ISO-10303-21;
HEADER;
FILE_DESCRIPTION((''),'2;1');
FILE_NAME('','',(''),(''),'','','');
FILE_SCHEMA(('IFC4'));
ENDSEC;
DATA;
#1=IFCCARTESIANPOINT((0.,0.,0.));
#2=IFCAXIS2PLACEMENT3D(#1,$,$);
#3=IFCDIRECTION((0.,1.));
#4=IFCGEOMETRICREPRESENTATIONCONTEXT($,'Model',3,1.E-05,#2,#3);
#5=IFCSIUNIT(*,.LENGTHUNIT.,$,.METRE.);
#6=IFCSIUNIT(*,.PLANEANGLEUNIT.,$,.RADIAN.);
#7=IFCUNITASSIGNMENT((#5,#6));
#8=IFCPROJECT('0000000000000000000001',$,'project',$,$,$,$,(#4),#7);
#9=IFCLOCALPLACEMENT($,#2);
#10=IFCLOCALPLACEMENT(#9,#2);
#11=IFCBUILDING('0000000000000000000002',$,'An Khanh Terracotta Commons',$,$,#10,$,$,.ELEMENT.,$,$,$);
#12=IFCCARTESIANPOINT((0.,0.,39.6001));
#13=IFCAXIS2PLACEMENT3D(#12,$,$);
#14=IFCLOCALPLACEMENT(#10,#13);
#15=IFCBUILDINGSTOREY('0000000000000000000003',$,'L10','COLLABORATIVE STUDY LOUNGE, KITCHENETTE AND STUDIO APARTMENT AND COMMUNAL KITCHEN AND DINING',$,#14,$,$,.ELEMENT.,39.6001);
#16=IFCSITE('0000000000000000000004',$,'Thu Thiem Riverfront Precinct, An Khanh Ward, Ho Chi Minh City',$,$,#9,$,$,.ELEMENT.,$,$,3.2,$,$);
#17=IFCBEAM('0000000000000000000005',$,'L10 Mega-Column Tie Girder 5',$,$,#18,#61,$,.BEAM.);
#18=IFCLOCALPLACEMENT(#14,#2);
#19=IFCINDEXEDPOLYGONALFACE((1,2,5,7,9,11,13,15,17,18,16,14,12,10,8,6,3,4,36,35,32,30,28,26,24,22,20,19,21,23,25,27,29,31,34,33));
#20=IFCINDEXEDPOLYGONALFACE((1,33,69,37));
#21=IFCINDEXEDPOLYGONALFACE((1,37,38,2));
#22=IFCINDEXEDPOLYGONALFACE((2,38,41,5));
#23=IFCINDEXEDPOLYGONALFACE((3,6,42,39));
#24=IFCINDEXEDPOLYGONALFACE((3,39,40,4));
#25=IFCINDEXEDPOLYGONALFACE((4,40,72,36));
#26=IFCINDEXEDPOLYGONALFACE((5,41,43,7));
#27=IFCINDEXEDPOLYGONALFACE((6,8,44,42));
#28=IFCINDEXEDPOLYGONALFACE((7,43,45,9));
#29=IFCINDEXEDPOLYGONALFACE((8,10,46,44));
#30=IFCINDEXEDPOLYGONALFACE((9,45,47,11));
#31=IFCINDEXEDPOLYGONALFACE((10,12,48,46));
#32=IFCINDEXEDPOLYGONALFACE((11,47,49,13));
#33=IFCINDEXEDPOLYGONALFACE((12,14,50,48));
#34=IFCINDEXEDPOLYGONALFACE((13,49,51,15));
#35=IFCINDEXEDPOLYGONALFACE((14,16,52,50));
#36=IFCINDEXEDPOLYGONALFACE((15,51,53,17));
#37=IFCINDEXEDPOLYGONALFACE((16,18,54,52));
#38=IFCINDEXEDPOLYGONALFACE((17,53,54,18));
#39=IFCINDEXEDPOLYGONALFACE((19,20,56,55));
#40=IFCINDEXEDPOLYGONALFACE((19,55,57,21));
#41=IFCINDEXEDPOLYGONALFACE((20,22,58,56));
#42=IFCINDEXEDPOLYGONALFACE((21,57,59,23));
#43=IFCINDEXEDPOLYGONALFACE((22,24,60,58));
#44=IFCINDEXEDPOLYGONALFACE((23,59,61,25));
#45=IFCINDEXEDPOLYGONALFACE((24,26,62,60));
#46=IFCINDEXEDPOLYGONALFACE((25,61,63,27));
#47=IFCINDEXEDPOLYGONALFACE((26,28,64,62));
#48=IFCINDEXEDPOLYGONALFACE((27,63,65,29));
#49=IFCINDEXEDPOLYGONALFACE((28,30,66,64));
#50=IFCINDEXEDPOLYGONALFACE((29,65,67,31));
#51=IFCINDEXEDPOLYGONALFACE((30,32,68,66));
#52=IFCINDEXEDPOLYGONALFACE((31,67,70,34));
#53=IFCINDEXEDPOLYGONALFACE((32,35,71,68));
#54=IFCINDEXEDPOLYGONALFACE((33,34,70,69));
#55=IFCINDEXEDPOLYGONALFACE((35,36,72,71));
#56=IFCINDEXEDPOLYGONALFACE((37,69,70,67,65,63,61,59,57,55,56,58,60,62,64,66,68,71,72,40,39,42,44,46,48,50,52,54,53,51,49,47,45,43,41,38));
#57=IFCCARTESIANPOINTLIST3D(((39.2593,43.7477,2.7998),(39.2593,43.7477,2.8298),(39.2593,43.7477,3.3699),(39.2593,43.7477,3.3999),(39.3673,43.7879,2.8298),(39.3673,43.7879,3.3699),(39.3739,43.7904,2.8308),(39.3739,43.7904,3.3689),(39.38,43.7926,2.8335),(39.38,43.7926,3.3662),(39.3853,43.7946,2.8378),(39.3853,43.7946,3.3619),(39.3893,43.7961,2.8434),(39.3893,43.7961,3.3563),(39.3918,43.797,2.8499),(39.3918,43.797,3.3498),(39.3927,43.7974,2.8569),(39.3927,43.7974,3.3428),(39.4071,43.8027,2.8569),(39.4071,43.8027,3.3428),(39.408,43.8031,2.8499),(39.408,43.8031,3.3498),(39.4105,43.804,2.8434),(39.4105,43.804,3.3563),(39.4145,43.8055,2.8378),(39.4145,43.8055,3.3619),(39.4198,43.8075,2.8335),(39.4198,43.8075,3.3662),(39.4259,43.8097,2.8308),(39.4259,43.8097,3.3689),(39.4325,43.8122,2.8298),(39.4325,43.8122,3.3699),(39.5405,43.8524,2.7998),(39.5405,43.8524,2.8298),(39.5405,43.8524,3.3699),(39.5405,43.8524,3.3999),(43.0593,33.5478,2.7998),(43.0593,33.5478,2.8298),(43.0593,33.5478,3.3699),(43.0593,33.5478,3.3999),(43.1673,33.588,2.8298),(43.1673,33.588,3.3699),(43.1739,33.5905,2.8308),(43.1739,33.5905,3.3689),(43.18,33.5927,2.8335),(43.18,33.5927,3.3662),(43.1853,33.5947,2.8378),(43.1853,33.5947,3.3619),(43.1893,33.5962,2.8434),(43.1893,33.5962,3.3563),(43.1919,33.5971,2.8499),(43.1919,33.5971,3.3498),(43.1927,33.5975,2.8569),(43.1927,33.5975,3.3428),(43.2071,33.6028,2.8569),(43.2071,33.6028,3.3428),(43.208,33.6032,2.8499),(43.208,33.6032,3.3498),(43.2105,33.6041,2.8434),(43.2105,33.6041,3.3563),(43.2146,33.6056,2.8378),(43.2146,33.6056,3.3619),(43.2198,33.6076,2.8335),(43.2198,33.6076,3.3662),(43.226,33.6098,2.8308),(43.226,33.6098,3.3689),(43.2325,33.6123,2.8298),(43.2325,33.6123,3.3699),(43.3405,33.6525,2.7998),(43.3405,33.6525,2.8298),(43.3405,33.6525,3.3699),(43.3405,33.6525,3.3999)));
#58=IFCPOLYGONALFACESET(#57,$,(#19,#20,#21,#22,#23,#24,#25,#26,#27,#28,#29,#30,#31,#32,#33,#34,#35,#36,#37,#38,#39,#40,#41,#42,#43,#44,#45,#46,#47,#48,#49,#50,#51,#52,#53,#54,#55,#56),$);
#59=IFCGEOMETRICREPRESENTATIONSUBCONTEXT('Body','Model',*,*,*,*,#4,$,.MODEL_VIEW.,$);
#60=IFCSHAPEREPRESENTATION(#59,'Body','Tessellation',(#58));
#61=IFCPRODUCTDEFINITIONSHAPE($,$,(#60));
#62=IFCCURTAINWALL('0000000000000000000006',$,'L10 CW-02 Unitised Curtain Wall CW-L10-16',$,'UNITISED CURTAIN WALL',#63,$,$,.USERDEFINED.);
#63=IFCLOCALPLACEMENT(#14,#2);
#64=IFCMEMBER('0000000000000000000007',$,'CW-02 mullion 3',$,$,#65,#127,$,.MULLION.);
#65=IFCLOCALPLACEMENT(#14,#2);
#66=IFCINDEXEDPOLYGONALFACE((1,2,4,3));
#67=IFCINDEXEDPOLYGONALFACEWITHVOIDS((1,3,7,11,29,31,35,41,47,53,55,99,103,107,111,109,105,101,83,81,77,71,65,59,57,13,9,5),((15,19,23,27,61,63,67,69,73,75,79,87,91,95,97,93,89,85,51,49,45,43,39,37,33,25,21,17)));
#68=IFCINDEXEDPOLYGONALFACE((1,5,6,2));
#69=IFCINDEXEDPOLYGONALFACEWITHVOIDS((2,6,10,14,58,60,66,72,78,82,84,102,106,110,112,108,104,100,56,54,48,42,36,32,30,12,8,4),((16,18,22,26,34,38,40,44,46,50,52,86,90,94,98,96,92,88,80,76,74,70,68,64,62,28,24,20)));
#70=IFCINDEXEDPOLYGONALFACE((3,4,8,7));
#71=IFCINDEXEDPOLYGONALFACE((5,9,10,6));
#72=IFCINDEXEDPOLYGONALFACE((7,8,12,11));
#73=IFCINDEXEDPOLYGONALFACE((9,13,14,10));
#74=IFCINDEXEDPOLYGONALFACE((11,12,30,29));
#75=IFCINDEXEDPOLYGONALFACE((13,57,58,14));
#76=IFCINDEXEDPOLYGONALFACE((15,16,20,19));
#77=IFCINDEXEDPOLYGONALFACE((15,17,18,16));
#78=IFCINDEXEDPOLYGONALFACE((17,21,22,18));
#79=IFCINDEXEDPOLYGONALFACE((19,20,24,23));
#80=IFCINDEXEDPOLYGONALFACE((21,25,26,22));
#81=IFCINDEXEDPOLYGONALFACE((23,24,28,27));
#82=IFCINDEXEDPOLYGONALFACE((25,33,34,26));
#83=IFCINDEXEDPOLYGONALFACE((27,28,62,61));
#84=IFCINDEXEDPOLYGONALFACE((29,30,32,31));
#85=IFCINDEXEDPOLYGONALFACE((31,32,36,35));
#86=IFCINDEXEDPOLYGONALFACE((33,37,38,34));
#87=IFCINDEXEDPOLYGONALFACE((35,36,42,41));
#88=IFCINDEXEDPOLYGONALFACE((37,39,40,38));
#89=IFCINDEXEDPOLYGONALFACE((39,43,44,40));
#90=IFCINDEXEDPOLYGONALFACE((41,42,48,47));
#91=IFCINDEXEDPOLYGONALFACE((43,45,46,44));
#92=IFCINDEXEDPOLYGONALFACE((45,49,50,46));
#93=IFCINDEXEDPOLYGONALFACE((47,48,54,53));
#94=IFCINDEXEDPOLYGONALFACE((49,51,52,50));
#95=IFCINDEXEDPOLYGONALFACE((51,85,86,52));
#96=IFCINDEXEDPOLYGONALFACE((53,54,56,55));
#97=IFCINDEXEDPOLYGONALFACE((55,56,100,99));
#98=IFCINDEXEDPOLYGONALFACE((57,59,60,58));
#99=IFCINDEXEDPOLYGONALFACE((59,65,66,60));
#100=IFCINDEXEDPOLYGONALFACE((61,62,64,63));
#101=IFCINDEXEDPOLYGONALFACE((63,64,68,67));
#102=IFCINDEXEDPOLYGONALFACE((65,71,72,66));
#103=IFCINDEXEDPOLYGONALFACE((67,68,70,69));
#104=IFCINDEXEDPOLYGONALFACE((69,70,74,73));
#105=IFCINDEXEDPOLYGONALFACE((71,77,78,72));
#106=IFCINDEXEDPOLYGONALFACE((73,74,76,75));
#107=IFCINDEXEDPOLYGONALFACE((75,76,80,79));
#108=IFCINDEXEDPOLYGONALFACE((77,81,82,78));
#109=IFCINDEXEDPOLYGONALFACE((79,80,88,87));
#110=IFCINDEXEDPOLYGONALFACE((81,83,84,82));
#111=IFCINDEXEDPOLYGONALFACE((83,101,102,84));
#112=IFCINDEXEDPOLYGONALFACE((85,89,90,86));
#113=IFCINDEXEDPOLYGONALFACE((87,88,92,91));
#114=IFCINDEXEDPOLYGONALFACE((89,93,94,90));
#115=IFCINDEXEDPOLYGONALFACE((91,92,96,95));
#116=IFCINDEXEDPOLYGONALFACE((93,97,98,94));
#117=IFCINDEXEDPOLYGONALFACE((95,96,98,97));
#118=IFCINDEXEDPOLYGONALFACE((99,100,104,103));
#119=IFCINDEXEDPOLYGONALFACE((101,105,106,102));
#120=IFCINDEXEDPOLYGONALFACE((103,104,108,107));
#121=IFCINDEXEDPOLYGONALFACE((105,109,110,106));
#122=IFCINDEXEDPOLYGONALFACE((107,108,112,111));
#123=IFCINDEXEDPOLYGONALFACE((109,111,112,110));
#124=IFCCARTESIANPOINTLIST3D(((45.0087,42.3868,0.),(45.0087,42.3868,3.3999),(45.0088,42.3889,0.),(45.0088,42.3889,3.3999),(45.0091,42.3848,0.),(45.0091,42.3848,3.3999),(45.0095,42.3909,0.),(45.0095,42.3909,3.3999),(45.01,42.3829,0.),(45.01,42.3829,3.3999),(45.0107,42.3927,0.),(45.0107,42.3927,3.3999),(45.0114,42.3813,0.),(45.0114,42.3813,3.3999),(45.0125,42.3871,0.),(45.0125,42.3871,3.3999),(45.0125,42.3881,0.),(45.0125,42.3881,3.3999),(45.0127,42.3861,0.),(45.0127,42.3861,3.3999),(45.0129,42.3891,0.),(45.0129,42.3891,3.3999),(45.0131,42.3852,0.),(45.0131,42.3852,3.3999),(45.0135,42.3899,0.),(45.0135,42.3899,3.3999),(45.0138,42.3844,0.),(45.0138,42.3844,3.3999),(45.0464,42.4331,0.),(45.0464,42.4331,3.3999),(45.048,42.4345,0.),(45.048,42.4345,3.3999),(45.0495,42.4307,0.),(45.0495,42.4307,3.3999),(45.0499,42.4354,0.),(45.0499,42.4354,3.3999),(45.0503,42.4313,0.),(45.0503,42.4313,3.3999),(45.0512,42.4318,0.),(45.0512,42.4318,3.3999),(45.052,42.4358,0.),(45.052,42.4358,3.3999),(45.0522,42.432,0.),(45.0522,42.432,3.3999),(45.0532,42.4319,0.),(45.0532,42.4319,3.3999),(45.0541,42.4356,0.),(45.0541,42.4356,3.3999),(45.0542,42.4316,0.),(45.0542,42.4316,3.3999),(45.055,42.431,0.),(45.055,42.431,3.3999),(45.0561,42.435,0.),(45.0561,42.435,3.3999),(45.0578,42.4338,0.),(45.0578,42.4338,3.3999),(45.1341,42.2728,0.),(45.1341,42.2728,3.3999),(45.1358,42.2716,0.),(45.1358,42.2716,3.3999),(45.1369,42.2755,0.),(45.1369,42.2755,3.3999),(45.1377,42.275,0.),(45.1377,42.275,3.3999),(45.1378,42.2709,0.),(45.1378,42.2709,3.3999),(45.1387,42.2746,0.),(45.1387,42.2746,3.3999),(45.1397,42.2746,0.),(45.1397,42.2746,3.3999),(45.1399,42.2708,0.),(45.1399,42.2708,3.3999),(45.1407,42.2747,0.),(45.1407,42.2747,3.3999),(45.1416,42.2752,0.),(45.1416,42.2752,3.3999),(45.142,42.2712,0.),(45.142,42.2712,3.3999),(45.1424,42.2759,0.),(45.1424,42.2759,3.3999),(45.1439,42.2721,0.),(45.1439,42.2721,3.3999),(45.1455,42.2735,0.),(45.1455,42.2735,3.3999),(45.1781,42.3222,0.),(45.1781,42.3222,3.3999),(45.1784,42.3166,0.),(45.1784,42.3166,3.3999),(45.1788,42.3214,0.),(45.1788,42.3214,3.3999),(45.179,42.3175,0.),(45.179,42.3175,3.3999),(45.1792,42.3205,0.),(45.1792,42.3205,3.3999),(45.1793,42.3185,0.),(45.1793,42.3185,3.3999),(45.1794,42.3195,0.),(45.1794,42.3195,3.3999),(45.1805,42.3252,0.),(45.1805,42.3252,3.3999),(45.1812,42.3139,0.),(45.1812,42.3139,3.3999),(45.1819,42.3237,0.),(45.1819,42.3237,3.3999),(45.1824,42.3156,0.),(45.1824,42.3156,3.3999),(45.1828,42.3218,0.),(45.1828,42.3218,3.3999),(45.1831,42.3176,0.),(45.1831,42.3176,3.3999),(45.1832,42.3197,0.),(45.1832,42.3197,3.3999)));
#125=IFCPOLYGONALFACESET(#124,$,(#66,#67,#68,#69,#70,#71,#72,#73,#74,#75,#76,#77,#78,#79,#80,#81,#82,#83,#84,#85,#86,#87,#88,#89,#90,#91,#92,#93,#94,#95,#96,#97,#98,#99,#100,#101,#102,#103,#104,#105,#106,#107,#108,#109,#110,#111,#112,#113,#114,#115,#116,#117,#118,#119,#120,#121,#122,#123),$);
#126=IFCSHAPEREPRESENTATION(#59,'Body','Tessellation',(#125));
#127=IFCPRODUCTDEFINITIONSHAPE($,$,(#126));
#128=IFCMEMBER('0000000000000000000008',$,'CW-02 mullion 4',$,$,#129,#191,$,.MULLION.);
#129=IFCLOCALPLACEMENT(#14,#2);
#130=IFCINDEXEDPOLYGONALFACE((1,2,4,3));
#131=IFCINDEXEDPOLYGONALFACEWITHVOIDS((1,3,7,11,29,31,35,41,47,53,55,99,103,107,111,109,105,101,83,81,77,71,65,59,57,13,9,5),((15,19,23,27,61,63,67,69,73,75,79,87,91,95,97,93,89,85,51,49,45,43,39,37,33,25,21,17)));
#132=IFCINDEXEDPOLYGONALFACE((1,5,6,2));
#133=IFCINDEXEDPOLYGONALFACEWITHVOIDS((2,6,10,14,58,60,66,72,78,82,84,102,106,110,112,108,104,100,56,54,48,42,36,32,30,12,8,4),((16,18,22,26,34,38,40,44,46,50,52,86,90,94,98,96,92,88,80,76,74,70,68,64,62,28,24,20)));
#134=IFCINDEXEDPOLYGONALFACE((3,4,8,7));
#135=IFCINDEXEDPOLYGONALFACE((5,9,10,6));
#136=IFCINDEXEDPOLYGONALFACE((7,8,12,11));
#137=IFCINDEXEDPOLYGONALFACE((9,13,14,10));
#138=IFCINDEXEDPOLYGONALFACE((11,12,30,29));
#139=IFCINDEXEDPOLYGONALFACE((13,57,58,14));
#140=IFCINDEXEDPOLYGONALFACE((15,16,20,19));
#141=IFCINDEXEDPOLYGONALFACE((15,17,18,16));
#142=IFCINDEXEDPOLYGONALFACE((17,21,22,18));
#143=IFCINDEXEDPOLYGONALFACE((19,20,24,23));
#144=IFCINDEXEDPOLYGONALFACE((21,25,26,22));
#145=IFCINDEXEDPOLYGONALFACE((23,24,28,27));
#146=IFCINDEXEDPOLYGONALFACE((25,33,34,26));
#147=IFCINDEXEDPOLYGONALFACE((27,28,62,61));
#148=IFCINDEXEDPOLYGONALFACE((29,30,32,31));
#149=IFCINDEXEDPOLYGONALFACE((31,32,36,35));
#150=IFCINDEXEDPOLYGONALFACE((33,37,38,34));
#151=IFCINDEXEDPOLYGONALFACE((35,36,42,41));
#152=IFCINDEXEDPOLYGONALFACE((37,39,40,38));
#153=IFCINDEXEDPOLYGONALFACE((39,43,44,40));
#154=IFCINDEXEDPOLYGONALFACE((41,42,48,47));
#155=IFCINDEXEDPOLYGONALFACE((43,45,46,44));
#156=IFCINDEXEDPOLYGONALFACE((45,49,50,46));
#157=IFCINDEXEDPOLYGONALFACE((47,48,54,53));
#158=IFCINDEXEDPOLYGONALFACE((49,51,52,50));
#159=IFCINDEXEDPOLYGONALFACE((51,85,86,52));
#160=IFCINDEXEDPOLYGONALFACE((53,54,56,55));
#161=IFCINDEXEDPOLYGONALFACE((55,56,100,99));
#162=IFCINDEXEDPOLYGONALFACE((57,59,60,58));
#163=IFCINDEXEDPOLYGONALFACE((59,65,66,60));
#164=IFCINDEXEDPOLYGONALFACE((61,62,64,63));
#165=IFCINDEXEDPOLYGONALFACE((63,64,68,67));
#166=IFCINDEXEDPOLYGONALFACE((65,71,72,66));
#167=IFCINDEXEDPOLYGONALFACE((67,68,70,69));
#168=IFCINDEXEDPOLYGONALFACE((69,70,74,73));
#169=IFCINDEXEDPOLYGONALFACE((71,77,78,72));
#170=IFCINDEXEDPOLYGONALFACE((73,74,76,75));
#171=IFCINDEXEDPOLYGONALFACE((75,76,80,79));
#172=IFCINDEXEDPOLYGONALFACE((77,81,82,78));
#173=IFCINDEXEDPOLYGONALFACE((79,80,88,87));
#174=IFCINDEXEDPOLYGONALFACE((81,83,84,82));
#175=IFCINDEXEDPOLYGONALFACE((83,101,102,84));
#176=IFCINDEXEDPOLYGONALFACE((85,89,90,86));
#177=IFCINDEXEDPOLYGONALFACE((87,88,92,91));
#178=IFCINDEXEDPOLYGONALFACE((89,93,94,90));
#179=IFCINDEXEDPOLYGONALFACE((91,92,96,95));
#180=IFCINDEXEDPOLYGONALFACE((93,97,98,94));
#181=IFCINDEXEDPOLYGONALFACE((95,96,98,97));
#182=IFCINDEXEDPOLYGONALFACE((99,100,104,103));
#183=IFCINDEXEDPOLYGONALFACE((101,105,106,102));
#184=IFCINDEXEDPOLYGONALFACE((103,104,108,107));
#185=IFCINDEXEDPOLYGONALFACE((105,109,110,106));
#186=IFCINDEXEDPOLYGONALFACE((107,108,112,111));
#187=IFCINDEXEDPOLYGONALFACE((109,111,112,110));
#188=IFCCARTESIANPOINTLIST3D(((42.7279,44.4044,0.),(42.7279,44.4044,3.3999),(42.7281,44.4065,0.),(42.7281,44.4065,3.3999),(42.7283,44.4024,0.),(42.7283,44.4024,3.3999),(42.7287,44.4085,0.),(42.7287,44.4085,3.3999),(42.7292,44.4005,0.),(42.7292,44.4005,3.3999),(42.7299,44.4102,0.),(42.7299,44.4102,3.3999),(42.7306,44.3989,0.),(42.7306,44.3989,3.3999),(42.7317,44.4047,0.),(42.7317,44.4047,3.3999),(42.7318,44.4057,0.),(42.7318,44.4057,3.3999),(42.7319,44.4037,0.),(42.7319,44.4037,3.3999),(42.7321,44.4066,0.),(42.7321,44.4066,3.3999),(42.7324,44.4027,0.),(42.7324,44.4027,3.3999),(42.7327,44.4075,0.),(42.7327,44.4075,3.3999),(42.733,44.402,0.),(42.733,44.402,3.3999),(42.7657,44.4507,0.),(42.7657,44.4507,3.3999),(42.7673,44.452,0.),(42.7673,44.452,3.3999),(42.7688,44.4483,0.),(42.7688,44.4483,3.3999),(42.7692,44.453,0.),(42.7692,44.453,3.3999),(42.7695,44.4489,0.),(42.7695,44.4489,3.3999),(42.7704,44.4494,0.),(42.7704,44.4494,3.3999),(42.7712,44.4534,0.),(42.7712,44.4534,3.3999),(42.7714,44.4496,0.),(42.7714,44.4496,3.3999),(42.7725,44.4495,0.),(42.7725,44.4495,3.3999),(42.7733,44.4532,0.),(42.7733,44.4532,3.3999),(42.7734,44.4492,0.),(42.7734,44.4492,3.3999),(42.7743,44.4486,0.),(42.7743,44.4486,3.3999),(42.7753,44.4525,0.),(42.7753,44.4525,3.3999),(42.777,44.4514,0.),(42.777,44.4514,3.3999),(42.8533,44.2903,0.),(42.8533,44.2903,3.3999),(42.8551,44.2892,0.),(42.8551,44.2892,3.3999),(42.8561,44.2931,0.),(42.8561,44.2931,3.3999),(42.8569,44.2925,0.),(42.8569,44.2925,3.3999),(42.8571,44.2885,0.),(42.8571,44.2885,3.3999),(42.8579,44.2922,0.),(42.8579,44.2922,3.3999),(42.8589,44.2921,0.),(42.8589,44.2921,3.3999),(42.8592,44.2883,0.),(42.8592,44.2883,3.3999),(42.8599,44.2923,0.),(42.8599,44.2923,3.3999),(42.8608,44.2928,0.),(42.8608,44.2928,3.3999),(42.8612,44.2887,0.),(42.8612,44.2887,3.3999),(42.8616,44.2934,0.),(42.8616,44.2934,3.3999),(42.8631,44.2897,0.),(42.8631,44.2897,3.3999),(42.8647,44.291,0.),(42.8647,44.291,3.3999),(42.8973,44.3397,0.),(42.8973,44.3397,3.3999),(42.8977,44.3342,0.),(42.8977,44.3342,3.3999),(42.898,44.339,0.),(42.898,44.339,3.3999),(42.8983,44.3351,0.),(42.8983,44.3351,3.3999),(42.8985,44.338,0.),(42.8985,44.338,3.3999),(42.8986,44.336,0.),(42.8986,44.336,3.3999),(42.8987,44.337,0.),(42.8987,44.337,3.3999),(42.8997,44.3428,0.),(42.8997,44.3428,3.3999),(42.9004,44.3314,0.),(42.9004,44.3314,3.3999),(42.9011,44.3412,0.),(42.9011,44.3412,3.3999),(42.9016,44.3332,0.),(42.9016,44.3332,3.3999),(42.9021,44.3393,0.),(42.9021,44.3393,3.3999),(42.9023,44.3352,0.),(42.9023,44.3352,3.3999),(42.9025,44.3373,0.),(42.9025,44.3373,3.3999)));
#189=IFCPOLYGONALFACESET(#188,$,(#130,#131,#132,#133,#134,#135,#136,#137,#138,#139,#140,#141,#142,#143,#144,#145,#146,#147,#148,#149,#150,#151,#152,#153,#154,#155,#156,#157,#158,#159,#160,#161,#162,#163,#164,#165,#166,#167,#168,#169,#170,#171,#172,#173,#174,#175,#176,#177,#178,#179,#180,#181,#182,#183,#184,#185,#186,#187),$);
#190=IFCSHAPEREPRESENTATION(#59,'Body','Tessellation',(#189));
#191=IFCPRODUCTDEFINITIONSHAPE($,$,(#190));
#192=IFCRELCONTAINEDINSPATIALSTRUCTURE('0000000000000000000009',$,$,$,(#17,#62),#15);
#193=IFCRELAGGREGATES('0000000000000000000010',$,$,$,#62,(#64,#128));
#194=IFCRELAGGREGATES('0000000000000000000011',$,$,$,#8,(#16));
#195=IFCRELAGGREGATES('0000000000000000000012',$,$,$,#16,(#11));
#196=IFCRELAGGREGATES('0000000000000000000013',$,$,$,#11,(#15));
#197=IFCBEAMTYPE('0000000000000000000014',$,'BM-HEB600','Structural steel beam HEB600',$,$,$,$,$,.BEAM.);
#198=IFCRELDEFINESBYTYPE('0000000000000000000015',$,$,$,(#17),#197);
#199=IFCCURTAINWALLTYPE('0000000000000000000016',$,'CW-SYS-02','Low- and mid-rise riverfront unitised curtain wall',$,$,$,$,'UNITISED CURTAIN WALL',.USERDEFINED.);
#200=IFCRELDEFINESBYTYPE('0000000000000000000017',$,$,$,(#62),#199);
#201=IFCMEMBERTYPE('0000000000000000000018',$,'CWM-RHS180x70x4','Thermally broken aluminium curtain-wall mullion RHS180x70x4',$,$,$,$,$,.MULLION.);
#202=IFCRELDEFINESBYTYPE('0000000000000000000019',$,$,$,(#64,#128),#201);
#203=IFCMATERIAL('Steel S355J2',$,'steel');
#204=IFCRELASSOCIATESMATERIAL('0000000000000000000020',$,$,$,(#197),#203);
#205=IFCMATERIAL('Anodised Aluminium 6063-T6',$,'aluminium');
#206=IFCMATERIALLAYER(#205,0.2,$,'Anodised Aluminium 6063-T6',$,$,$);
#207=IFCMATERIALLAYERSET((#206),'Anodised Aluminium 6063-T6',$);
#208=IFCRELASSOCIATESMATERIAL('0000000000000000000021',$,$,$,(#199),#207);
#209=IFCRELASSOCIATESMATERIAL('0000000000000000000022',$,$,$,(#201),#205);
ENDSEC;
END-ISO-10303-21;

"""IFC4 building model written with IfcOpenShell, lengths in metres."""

from ifc_helpers import new_model, si_unit, direction, frame, origin, origin_2d, place, context, subcontext, project, spatial, hollow_rectangle, i_section, extrude, material, layer, layer_set, material_profile, profile_set, type_object, element, aggregate, save


model = new_model("IFC4")

# Units and contexts
model_context = context("Model", 3, precision=1e-05, world=origin(), true_north=direction((0.0, 1.0)))
body_context = subcontext(model_context, "Body", "Model", "MODEL_VIEW")
ifc_project = project(units=[si_unit("LENGTHUNIT", "METRE"), si_unit("PLANEANGLEUNIT", "RADIAN")], contexts=[model_context])

# Site, building, storey
site_placement = place(None, origin())
site = spatial("IfcSite", under=ifc_project, at=site_placement, Name="Thu Thiem Riverfront Precinct, An Khanh Ward, Ho Chi Minh City", CompositionType="ELEMENT", RefElevation=3.2)
building_placement = place(site_placement, origin())
building = spatial("IfcBuilding", under=site, at=building_placement, Name="An Khanh Terracotta Commons", CompositionType="ELEMENT")
storey_placement = place(building_placement, frame((0.0, 0.0, 39.6001)))
storey = spatial("IfcBuildingStorey", under=building, at=storey_placement, Name="L10", Description="COLLABORATIVE STUDY LOUNGE, KITCHENETTE AND STUDIO APARTMENT AND COMMUNAL KITCHEN AND DINING", CompositionType="ELEMENT", Elevation=39.6001)

# Beam
ifc_material_1 = material(Name="Steel S355J2", Category="steel")
ifc_material_profile_1 = material_profile(ifc_material_1, i_section(OverallWidth=0.3, OverallDepth=0.6001, WebThickness=0.0154, FlangeThickness=0.03, FilletRadius=0.0271, at=origin_2d()), Name="HEB600")
ifc_profile_set_1 = profile_set([ifc_material_profile_1], Name="Steel S355J2")
beam_type_1 = type_object("IfcBeamType", Name="BM-HEB600", Description="Structural steel beam HEB600", PredefinedType="BEAM", material=ifc_profile_set_1)
beam_1_placement = place(storey_placement, frame((39.3999, 43.8, 3.0999), z_axis=(0.349114, -0.93708, 0.0), x_axis=(0.93708, 0.349114, 0.0)))
element("IfcBeam", 1, at=beam_1_placement, inside=storey, type_object=beam_type_1, Name="L10 Mega-Column Tie Girder 5", PredefinedType="BEAM", context=body_context, shape_type="SweptSolid", body=[
    extrude(i_section(OverallWidth=0.3, OverallDepth=0.6001, WebThickness=0.0154, FlangeThickness=0.03, FilletRadius=0.0271, at=origin_2d()), origin(), (0.0, 0.0, 1.0), 10.8848),
])

# Curtain wall, members
ifc_material_2 = material(Name="Anodised Aluminium 6063-T6", Category="aluminium")
ifc_layer_1 = layer(ifc_material_2, 0.2, Name="Anodised Aluminium 6063-T6")
ifc_layer_set_1 = layer_set([ifc_layer_1], Name="Anodised Aluminium 6063-T6")
curtain_wall_type = type_object("IfcCurtainWallType", Name="CW-SYS-02", Description="Low- and mid-rise riverfront unitised curtain wall", ElementType="UNITISED CURTAIN WALL", PredefinedType="USERDEFINED", material=ifc_layer_set_1)
curtain_wall_placement = place(storey_placement, origin())
curtain_wall = element("IfcCurtainWall", 2, at=curtain_wall_placement, inside=storey, type_object=curtain_wall_type, Name="L10 CW-02 Unitised Curtain Wall CW-L10-16", ObjectType="UNITISED CURTAIN WALL", PredefinedType="USERDEFINED")
ifc_material_profile_2 = material_profile(ifc_material_2, hollow_rectangle(XDim=0.0701, YDim=0.1799, WallThickness=0.0039, InnerFilletRadius=0.0039, OuterFilletRadius=0.0081, at=origin_2d()), Name="RHS180x70x4")
ifc_profile_set_2 = profile_set([ifc_material_profile_2], Name="Anodised Aluminium 6063-T6")
member_type_1 = type_object("IfcMemberType", Name="CWM-RHS180x70x4", Description="Thermally broken aluminium curtain-wall mullion RHS180x70x4", PredefinedType="MULLION", material=ifc_profile_set_2)
member_1_placement = place(storey_placement, frame((45.0959, 42.3533, 0.0), z_axis=(0.0, 0.0, 1.0), x_axis=(-0.662548, -0.749019, 0.0)))
member_1 = element("IfcMember", 3, at=member_1_placement, type_object=member_type_1, Name="CW-02 mullion 3", PredefinedType="MULLION", context=body_context, shape_type="SweptSolid", body=[
    extrude(hollow_rectangle(XDim=0.0701, YDim=0.1799, WallThickness=0.0039, InnerFilletRadius=0.0039, OuterFilletRadius=0.0081, at=origin_2d()), origin(), (0.0, 0.0, 1.0), 3.3999),
])
member_2_placement = place(storey_placement, frame((42.8152, 44.3708, 0.0), z_axis=(0.0, 0.0, 1.0), x_axis=(-0.662548, -0.749019, 0.0)))
member_2 = element("IfcMember", 4, at=member_2_placement, type_object=member_type_1, Name="CW-02 mullion 4", PredefinedType="MULLION", context=body_context, shape_type="SweptSolid", body=[
    extrude(hollow_rectangle(XDim=0.0701, YDim=0.1799, WallThickness=0.0039, InnerFilletRadius=0.0039, OuterFilletRadius=0.0081, at=origin_2d()), origin(), (0.0, 0.0, 1.0), 3.3999),
])
aggregate(curtain_wall, [member_1, member_2])

save(model, "model.ifc")
